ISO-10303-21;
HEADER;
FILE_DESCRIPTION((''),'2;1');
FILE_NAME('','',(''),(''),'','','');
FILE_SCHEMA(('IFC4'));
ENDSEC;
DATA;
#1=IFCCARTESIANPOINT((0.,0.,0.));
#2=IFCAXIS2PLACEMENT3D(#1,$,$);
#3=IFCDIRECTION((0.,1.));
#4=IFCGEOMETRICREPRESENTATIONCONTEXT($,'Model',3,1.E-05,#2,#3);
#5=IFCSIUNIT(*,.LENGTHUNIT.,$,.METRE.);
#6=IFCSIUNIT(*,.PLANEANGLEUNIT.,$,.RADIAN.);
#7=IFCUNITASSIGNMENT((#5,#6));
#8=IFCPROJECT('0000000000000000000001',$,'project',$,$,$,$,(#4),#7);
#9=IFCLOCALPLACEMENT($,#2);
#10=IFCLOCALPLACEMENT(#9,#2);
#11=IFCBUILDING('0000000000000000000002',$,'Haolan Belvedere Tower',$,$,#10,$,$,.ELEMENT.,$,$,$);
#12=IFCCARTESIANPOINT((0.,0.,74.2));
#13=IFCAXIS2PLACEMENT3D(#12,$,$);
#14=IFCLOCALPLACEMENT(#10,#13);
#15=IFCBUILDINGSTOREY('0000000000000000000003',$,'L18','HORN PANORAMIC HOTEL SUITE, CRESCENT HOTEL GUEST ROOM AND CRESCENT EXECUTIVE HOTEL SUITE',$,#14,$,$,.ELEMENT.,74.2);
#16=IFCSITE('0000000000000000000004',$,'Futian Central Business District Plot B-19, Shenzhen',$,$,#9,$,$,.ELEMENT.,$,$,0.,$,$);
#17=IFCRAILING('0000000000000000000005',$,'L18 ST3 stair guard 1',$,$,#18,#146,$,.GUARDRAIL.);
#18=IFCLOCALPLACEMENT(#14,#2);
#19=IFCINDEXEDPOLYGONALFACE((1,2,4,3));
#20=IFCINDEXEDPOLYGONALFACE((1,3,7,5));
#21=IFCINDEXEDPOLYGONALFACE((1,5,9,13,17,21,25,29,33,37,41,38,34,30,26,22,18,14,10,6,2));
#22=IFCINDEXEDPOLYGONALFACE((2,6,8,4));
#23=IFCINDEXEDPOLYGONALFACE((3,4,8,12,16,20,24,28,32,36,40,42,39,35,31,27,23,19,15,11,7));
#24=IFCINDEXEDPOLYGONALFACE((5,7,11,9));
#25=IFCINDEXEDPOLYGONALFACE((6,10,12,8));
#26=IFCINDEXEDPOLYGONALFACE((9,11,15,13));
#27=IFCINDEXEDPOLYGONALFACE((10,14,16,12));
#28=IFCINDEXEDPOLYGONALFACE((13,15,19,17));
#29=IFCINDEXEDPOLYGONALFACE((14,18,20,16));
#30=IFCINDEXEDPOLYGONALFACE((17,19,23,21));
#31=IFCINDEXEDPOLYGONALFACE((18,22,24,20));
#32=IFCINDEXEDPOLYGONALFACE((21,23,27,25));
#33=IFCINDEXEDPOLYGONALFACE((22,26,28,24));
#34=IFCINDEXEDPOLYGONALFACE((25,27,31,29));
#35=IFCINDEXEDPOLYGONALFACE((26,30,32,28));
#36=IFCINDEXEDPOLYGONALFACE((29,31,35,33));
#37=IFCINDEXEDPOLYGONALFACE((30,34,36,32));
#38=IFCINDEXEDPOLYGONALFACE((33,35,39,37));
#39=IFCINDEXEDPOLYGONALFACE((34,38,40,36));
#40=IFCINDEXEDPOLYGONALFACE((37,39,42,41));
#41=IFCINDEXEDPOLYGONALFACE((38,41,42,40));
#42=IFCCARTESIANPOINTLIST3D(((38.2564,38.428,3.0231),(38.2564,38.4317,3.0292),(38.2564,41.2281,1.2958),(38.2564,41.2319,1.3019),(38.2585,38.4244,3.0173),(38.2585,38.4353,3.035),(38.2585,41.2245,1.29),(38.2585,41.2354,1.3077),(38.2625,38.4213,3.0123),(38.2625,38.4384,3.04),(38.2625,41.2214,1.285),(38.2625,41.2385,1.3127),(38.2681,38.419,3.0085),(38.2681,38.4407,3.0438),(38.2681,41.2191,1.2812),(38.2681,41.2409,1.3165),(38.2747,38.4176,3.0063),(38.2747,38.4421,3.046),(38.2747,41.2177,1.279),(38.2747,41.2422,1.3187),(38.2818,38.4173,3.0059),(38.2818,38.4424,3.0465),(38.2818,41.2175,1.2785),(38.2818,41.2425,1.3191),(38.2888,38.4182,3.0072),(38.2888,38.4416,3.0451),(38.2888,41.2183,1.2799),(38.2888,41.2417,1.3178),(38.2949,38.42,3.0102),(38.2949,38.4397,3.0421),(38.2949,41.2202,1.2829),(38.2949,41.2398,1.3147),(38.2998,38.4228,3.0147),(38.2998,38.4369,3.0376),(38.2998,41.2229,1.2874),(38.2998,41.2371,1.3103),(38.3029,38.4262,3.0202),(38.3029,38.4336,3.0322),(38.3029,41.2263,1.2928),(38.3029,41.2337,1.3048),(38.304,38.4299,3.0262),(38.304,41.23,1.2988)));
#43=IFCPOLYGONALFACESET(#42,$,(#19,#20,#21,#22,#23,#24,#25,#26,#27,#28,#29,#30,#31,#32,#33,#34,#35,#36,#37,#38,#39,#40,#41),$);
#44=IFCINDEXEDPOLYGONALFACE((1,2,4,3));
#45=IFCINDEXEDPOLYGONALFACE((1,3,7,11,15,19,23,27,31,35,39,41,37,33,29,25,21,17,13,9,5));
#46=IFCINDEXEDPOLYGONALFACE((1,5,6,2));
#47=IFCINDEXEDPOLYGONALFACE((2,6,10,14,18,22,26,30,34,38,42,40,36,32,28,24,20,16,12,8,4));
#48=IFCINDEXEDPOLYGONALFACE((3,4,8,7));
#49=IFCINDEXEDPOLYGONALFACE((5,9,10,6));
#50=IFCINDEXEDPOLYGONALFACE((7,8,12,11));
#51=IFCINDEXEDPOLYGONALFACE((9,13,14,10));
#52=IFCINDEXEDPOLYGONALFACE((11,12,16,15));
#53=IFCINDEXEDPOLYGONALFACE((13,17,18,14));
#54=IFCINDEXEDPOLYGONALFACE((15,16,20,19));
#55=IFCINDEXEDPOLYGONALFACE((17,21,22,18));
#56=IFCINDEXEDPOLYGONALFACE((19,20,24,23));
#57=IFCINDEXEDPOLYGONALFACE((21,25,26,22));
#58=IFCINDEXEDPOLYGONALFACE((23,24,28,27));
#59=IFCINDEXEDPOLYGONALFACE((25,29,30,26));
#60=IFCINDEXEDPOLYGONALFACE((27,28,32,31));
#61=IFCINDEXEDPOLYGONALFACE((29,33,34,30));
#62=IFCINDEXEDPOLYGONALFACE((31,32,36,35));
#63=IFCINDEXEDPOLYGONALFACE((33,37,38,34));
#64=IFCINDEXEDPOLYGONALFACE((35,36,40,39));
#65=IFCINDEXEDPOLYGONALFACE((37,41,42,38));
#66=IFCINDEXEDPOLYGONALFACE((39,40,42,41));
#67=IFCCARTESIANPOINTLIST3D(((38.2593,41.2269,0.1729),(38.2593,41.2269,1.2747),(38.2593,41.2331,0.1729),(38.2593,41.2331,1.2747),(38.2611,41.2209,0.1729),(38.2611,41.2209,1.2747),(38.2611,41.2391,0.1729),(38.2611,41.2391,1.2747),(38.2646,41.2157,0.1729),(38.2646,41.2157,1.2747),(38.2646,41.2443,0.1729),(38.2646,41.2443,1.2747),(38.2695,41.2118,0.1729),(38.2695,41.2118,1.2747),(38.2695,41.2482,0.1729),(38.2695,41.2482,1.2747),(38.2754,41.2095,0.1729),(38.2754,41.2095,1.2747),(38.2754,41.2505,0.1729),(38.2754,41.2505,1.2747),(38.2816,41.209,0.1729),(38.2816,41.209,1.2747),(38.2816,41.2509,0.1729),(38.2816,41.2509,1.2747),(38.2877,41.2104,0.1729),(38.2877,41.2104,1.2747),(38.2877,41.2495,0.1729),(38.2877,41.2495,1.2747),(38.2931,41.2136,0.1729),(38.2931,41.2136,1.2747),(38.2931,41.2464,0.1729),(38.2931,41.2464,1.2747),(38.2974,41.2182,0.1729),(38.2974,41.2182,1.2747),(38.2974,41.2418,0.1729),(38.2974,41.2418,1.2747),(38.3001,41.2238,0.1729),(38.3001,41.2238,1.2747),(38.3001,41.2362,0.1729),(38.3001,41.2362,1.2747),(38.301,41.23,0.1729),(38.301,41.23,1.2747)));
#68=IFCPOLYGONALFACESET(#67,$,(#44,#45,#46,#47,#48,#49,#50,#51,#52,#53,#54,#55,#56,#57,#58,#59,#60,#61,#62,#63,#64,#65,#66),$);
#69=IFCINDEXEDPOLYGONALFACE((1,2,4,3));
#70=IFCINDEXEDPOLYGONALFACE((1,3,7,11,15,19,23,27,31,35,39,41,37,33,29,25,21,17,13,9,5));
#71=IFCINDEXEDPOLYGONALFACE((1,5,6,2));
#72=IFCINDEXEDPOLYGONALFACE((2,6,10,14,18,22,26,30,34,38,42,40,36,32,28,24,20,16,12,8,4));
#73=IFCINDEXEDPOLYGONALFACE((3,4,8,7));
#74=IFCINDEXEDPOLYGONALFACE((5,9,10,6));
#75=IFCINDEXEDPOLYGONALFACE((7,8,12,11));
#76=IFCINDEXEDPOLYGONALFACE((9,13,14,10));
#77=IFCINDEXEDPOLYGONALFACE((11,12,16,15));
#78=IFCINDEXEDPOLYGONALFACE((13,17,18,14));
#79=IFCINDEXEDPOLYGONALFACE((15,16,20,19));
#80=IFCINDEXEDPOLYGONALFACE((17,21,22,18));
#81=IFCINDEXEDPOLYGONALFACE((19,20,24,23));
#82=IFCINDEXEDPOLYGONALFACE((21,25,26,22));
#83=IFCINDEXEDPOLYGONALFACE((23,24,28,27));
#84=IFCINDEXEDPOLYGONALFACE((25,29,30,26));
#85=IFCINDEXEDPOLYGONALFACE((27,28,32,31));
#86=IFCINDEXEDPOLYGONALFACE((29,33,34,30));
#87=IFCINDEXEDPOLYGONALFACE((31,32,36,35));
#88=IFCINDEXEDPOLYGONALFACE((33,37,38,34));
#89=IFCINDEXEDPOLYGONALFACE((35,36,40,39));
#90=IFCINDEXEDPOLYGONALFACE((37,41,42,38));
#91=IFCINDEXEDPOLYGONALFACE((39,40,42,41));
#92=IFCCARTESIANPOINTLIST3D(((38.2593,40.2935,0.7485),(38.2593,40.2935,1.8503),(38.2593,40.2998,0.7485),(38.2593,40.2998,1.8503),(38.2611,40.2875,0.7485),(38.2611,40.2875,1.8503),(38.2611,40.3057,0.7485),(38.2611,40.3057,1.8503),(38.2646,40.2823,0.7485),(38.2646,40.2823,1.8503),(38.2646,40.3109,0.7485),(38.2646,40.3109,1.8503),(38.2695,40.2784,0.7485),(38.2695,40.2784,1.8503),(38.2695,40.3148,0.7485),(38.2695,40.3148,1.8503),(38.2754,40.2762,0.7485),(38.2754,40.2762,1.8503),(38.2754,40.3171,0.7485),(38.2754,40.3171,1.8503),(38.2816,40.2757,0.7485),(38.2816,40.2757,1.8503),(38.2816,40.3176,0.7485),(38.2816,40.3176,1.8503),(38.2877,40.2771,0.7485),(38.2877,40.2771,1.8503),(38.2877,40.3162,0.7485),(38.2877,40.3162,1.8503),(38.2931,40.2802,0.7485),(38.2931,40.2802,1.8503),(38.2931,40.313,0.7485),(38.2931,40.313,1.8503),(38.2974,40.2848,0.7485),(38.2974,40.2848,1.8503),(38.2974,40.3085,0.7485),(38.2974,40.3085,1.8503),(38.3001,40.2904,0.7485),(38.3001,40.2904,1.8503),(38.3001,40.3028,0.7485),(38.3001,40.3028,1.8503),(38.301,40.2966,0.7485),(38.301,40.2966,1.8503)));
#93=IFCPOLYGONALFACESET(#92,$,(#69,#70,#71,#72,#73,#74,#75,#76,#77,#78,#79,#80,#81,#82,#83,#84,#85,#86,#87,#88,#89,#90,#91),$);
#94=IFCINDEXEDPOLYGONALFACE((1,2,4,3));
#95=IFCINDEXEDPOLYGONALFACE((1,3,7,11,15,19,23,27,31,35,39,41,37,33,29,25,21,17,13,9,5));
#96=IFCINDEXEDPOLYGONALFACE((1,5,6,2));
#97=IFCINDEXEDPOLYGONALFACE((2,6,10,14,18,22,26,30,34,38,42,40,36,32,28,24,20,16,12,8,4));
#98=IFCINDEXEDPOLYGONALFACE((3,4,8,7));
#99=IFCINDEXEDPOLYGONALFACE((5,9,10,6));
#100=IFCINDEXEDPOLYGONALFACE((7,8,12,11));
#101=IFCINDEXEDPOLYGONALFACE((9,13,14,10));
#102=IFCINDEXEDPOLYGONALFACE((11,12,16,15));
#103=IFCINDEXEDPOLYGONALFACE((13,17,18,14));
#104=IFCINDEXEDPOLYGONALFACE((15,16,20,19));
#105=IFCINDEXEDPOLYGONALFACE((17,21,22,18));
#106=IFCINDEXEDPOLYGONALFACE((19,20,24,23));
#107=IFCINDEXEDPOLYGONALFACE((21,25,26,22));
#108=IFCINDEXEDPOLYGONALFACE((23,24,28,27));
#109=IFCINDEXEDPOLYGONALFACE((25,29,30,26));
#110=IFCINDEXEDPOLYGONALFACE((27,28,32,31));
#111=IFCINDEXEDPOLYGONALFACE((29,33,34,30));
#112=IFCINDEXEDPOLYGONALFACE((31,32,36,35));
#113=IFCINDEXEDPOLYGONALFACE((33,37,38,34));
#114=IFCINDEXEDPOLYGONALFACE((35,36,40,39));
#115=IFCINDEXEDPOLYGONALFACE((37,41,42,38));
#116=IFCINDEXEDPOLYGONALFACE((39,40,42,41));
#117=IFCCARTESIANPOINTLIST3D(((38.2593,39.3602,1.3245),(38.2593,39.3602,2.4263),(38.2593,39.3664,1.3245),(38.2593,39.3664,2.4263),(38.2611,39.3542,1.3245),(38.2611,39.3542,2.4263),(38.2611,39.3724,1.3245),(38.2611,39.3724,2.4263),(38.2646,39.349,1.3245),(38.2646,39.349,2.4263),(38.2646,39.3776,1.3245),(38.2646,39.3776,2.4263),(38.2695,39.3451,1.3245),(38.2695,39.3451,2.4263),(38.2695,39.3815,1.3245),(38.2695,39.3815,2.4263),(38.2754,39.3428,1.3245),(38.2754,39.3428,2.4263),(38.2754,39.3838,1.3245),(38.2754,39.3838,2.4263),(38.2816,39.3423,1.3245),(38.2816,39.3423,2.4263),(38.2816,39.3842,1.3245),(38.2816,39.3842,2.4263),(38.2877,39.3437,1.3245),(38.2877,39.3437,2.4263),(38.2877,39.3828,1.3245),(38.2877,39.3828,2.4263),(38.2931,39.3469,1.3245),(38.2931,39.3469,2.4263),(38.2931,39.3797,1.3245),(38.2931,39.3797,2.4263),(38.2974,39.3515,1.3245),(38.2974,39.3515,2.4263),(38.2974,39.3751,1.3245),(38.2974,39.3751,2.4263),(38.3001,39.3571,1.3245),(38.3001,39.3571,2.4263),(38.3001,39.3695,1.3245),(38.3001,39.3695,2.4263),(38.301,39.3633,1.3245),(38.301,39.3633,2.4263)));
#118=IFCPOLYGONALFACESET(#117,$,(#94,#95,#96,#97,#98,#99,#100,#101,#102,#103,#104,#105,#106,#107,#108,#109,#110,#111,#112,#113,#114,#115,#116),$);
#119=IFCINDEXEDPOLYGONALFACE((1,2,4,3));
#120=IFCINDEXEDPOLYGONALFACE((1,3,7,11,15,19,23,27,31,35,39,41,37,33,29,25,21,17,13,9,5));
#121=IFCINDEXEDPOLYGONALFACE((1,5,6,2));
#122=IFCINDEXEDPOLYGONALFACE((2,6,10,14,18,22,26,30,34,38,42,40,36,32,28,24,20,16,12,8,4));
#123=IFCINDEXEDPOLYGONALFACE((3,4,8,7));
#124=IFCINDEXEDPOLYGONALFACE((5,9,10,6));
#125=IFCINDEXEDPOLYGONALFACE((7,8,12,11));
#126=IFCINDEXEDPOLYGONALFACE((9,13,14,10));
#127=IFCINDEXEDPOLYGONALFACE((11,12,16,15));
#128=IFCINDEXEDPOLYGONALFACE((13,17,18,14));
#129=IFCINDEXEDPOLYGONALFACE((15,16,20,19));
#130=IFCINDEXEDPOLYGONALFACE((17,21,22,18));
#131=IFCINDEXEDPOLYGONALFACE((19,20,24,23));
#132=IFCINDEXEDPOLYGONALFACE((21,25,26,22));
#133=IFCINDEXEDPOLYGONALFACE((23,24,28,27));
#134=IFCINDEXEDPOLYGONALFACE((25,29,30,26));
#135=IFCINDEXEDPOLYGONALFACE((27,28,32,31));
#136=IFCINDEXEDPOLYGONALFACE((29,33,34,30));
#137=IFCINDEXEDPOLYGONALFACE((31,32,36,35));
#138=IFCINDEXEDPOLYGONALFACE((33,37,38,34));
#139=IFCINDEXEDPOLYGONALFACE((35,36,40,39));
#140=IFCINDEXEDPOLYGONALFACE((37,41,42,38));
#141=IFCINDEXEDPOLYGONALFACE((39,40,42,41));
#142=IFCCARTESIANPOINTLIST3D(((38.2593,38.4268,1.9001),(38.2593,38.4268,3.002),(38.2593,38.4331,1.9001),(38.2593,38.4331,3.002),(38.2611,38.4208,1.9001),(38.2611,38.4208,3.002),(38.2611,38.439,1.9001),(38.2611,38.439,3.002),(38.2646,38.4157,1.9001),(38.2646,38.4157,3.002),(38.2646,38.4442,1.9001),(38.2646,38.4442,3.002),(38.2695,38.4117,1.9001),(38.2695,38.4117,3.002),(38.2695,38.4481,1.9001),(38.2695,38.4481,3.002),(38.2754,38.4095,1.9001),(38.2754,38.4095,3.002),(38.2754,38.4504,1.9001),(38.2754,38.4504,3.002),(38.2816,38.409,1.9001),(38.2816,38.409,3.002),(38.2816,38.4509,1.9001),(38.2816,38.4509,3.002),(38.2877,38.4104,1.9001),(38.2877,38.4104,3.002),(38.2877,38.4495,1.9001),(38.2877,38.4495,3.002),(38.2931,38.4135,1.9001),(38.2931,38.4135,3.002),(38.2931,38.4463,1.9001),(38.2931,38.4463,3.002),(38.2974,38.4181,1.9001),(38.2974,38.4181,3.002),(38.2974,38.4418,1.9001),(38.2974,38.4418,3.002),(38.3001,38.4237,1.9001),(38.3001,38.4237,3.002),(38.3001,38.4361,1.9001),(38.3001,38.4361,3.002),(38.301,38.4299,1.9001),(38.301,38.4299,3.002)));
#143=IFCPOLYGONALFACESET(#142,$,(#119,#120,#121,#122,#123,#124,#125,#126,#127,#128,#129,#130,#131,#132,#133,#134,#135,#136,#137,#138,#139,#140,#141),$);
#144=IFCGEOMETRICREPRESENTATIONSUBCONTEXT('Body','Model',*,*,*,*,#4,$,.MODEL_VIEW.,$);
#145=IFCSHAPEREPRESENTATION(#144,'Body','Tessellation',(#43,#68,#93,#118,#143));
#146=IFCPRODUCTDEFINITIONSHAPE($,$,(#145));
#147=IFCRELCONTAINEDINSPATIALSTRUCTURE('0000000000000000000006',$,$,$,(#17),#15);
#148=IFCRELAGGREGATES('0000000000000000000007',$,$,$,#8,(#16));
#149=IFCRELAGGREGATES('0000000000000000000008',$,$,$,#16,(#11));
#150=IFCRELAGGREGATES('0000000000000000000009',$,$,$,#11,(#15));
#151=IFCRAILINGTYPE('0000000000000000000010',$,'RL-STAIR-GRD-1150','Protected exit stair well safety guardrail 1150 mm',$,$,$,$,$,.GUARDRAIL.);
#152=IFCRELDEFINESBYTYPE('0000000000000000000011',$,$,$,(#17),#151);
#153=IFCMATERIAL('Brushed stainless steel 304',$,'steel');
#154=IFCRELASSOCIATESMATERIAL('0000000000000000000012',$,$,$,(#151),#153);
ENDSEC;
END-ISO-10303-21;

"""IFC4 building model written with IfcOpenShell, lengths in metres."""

from ifc_helpers import new_model, si_unit, direction, frame, origin, origin_2d, place, context, subcontext, project, spatial, circle, extrude, material, type_object, element, save


model = new_model("IFC4")

# Units and contexts
model_context = context("Model", 3, precision=1e-05, world=origin(), true_north=direction((0.0, 1.0)))
body_context = subcontext(model_context, "Body", "Model", "MODEL_VIEW")
ifc_project = project(units=[si_unit("LENGTHUNIT", "METRE"), si_unit("PLANEANGLEUNIT", "RADIAN")], contexts=[model_context])

# Site, building, storey
site_placement = place(None, origin())
site = spatial("IfcSite", under=ifc_project, at=site_placement, Name="Futian Central Business District Plot B-19, Shenzhen", CompositionType="ELEMENT", RefElevation=0.0)
building_placement = place(site_placement, origin())
building = spatial("IfcBuilding", under=site, at=building_placement, Name="Haolan Belvedere Tower", CompositionType="ELEMENT")
storey_placement = place(building_placement, frame((0.0, 0.0, 74.2)))
storey = spatial("IfcBuildingStorey", under=building, at=storey_placement, Name="L18", Description="HORN PANORAMIC HOTEL SUITE, CRESCENT HOTEL GUEST ROOM AND CRESCENT EXECUTIVE HOTEL SUITE", CompositionType="ELEMENT", Elevation=74.2)

# Railing
ifc_material_1 = material(Name="Brushed stainless steel 304", Category="steel")
railing_type_1 = type_object("IfcRailingType", Name="RL-STAIR-GRD-1150", Description="Protected exit stair well safety guardrail 1150 mm", PredefinedType="GUARDRAIL", material=ifc_material_1)
railing_1_placement = place(storey_placement, frame((38.28, 41.23, 0.1729)))
element("IfcRailing", 1, at=railing_1_placement, inside=storey, type_object=railing_type_1, Name="L18 ST3 stair guard 1", PredefinedType="GUARDRAIL", context=body_context, shape_type="SweptSolid", body=[
    extrude(circle(Radius=0.0239, at=origin_2d()), frame((0.0, 0.0, 1.126), z_axis=(0.0, -0.85109, 0.52502), x_axis=(1.0, 0.0, 0.0)), (0.0, 0.0, 1.0), 3.29),
    extrude(circle(Radius=0.021, at=origin_2d()), origin(), (0.0, 0.0, 1.0), 1.1018),
    extrude(circle(Radius=0.021, at=origin_2d()), frame((0.0, -0.9333, 0.5757)), (0.0, 0.0, 1.0), 1.1018),
    extrude(circle(Radius=0.021, at=origin_2d()), frame((0.0, -1.8667, 1.1516)), (0.0, 0.0, 1.0), 1.1018),
    extrude(circle(Radius=0.021, at=origin_2d()), frame((0.0, -2.8, 1.7273)), (0.0, 0.0, 1.0), 1.1018),
])

save(model, "model.ifc")
